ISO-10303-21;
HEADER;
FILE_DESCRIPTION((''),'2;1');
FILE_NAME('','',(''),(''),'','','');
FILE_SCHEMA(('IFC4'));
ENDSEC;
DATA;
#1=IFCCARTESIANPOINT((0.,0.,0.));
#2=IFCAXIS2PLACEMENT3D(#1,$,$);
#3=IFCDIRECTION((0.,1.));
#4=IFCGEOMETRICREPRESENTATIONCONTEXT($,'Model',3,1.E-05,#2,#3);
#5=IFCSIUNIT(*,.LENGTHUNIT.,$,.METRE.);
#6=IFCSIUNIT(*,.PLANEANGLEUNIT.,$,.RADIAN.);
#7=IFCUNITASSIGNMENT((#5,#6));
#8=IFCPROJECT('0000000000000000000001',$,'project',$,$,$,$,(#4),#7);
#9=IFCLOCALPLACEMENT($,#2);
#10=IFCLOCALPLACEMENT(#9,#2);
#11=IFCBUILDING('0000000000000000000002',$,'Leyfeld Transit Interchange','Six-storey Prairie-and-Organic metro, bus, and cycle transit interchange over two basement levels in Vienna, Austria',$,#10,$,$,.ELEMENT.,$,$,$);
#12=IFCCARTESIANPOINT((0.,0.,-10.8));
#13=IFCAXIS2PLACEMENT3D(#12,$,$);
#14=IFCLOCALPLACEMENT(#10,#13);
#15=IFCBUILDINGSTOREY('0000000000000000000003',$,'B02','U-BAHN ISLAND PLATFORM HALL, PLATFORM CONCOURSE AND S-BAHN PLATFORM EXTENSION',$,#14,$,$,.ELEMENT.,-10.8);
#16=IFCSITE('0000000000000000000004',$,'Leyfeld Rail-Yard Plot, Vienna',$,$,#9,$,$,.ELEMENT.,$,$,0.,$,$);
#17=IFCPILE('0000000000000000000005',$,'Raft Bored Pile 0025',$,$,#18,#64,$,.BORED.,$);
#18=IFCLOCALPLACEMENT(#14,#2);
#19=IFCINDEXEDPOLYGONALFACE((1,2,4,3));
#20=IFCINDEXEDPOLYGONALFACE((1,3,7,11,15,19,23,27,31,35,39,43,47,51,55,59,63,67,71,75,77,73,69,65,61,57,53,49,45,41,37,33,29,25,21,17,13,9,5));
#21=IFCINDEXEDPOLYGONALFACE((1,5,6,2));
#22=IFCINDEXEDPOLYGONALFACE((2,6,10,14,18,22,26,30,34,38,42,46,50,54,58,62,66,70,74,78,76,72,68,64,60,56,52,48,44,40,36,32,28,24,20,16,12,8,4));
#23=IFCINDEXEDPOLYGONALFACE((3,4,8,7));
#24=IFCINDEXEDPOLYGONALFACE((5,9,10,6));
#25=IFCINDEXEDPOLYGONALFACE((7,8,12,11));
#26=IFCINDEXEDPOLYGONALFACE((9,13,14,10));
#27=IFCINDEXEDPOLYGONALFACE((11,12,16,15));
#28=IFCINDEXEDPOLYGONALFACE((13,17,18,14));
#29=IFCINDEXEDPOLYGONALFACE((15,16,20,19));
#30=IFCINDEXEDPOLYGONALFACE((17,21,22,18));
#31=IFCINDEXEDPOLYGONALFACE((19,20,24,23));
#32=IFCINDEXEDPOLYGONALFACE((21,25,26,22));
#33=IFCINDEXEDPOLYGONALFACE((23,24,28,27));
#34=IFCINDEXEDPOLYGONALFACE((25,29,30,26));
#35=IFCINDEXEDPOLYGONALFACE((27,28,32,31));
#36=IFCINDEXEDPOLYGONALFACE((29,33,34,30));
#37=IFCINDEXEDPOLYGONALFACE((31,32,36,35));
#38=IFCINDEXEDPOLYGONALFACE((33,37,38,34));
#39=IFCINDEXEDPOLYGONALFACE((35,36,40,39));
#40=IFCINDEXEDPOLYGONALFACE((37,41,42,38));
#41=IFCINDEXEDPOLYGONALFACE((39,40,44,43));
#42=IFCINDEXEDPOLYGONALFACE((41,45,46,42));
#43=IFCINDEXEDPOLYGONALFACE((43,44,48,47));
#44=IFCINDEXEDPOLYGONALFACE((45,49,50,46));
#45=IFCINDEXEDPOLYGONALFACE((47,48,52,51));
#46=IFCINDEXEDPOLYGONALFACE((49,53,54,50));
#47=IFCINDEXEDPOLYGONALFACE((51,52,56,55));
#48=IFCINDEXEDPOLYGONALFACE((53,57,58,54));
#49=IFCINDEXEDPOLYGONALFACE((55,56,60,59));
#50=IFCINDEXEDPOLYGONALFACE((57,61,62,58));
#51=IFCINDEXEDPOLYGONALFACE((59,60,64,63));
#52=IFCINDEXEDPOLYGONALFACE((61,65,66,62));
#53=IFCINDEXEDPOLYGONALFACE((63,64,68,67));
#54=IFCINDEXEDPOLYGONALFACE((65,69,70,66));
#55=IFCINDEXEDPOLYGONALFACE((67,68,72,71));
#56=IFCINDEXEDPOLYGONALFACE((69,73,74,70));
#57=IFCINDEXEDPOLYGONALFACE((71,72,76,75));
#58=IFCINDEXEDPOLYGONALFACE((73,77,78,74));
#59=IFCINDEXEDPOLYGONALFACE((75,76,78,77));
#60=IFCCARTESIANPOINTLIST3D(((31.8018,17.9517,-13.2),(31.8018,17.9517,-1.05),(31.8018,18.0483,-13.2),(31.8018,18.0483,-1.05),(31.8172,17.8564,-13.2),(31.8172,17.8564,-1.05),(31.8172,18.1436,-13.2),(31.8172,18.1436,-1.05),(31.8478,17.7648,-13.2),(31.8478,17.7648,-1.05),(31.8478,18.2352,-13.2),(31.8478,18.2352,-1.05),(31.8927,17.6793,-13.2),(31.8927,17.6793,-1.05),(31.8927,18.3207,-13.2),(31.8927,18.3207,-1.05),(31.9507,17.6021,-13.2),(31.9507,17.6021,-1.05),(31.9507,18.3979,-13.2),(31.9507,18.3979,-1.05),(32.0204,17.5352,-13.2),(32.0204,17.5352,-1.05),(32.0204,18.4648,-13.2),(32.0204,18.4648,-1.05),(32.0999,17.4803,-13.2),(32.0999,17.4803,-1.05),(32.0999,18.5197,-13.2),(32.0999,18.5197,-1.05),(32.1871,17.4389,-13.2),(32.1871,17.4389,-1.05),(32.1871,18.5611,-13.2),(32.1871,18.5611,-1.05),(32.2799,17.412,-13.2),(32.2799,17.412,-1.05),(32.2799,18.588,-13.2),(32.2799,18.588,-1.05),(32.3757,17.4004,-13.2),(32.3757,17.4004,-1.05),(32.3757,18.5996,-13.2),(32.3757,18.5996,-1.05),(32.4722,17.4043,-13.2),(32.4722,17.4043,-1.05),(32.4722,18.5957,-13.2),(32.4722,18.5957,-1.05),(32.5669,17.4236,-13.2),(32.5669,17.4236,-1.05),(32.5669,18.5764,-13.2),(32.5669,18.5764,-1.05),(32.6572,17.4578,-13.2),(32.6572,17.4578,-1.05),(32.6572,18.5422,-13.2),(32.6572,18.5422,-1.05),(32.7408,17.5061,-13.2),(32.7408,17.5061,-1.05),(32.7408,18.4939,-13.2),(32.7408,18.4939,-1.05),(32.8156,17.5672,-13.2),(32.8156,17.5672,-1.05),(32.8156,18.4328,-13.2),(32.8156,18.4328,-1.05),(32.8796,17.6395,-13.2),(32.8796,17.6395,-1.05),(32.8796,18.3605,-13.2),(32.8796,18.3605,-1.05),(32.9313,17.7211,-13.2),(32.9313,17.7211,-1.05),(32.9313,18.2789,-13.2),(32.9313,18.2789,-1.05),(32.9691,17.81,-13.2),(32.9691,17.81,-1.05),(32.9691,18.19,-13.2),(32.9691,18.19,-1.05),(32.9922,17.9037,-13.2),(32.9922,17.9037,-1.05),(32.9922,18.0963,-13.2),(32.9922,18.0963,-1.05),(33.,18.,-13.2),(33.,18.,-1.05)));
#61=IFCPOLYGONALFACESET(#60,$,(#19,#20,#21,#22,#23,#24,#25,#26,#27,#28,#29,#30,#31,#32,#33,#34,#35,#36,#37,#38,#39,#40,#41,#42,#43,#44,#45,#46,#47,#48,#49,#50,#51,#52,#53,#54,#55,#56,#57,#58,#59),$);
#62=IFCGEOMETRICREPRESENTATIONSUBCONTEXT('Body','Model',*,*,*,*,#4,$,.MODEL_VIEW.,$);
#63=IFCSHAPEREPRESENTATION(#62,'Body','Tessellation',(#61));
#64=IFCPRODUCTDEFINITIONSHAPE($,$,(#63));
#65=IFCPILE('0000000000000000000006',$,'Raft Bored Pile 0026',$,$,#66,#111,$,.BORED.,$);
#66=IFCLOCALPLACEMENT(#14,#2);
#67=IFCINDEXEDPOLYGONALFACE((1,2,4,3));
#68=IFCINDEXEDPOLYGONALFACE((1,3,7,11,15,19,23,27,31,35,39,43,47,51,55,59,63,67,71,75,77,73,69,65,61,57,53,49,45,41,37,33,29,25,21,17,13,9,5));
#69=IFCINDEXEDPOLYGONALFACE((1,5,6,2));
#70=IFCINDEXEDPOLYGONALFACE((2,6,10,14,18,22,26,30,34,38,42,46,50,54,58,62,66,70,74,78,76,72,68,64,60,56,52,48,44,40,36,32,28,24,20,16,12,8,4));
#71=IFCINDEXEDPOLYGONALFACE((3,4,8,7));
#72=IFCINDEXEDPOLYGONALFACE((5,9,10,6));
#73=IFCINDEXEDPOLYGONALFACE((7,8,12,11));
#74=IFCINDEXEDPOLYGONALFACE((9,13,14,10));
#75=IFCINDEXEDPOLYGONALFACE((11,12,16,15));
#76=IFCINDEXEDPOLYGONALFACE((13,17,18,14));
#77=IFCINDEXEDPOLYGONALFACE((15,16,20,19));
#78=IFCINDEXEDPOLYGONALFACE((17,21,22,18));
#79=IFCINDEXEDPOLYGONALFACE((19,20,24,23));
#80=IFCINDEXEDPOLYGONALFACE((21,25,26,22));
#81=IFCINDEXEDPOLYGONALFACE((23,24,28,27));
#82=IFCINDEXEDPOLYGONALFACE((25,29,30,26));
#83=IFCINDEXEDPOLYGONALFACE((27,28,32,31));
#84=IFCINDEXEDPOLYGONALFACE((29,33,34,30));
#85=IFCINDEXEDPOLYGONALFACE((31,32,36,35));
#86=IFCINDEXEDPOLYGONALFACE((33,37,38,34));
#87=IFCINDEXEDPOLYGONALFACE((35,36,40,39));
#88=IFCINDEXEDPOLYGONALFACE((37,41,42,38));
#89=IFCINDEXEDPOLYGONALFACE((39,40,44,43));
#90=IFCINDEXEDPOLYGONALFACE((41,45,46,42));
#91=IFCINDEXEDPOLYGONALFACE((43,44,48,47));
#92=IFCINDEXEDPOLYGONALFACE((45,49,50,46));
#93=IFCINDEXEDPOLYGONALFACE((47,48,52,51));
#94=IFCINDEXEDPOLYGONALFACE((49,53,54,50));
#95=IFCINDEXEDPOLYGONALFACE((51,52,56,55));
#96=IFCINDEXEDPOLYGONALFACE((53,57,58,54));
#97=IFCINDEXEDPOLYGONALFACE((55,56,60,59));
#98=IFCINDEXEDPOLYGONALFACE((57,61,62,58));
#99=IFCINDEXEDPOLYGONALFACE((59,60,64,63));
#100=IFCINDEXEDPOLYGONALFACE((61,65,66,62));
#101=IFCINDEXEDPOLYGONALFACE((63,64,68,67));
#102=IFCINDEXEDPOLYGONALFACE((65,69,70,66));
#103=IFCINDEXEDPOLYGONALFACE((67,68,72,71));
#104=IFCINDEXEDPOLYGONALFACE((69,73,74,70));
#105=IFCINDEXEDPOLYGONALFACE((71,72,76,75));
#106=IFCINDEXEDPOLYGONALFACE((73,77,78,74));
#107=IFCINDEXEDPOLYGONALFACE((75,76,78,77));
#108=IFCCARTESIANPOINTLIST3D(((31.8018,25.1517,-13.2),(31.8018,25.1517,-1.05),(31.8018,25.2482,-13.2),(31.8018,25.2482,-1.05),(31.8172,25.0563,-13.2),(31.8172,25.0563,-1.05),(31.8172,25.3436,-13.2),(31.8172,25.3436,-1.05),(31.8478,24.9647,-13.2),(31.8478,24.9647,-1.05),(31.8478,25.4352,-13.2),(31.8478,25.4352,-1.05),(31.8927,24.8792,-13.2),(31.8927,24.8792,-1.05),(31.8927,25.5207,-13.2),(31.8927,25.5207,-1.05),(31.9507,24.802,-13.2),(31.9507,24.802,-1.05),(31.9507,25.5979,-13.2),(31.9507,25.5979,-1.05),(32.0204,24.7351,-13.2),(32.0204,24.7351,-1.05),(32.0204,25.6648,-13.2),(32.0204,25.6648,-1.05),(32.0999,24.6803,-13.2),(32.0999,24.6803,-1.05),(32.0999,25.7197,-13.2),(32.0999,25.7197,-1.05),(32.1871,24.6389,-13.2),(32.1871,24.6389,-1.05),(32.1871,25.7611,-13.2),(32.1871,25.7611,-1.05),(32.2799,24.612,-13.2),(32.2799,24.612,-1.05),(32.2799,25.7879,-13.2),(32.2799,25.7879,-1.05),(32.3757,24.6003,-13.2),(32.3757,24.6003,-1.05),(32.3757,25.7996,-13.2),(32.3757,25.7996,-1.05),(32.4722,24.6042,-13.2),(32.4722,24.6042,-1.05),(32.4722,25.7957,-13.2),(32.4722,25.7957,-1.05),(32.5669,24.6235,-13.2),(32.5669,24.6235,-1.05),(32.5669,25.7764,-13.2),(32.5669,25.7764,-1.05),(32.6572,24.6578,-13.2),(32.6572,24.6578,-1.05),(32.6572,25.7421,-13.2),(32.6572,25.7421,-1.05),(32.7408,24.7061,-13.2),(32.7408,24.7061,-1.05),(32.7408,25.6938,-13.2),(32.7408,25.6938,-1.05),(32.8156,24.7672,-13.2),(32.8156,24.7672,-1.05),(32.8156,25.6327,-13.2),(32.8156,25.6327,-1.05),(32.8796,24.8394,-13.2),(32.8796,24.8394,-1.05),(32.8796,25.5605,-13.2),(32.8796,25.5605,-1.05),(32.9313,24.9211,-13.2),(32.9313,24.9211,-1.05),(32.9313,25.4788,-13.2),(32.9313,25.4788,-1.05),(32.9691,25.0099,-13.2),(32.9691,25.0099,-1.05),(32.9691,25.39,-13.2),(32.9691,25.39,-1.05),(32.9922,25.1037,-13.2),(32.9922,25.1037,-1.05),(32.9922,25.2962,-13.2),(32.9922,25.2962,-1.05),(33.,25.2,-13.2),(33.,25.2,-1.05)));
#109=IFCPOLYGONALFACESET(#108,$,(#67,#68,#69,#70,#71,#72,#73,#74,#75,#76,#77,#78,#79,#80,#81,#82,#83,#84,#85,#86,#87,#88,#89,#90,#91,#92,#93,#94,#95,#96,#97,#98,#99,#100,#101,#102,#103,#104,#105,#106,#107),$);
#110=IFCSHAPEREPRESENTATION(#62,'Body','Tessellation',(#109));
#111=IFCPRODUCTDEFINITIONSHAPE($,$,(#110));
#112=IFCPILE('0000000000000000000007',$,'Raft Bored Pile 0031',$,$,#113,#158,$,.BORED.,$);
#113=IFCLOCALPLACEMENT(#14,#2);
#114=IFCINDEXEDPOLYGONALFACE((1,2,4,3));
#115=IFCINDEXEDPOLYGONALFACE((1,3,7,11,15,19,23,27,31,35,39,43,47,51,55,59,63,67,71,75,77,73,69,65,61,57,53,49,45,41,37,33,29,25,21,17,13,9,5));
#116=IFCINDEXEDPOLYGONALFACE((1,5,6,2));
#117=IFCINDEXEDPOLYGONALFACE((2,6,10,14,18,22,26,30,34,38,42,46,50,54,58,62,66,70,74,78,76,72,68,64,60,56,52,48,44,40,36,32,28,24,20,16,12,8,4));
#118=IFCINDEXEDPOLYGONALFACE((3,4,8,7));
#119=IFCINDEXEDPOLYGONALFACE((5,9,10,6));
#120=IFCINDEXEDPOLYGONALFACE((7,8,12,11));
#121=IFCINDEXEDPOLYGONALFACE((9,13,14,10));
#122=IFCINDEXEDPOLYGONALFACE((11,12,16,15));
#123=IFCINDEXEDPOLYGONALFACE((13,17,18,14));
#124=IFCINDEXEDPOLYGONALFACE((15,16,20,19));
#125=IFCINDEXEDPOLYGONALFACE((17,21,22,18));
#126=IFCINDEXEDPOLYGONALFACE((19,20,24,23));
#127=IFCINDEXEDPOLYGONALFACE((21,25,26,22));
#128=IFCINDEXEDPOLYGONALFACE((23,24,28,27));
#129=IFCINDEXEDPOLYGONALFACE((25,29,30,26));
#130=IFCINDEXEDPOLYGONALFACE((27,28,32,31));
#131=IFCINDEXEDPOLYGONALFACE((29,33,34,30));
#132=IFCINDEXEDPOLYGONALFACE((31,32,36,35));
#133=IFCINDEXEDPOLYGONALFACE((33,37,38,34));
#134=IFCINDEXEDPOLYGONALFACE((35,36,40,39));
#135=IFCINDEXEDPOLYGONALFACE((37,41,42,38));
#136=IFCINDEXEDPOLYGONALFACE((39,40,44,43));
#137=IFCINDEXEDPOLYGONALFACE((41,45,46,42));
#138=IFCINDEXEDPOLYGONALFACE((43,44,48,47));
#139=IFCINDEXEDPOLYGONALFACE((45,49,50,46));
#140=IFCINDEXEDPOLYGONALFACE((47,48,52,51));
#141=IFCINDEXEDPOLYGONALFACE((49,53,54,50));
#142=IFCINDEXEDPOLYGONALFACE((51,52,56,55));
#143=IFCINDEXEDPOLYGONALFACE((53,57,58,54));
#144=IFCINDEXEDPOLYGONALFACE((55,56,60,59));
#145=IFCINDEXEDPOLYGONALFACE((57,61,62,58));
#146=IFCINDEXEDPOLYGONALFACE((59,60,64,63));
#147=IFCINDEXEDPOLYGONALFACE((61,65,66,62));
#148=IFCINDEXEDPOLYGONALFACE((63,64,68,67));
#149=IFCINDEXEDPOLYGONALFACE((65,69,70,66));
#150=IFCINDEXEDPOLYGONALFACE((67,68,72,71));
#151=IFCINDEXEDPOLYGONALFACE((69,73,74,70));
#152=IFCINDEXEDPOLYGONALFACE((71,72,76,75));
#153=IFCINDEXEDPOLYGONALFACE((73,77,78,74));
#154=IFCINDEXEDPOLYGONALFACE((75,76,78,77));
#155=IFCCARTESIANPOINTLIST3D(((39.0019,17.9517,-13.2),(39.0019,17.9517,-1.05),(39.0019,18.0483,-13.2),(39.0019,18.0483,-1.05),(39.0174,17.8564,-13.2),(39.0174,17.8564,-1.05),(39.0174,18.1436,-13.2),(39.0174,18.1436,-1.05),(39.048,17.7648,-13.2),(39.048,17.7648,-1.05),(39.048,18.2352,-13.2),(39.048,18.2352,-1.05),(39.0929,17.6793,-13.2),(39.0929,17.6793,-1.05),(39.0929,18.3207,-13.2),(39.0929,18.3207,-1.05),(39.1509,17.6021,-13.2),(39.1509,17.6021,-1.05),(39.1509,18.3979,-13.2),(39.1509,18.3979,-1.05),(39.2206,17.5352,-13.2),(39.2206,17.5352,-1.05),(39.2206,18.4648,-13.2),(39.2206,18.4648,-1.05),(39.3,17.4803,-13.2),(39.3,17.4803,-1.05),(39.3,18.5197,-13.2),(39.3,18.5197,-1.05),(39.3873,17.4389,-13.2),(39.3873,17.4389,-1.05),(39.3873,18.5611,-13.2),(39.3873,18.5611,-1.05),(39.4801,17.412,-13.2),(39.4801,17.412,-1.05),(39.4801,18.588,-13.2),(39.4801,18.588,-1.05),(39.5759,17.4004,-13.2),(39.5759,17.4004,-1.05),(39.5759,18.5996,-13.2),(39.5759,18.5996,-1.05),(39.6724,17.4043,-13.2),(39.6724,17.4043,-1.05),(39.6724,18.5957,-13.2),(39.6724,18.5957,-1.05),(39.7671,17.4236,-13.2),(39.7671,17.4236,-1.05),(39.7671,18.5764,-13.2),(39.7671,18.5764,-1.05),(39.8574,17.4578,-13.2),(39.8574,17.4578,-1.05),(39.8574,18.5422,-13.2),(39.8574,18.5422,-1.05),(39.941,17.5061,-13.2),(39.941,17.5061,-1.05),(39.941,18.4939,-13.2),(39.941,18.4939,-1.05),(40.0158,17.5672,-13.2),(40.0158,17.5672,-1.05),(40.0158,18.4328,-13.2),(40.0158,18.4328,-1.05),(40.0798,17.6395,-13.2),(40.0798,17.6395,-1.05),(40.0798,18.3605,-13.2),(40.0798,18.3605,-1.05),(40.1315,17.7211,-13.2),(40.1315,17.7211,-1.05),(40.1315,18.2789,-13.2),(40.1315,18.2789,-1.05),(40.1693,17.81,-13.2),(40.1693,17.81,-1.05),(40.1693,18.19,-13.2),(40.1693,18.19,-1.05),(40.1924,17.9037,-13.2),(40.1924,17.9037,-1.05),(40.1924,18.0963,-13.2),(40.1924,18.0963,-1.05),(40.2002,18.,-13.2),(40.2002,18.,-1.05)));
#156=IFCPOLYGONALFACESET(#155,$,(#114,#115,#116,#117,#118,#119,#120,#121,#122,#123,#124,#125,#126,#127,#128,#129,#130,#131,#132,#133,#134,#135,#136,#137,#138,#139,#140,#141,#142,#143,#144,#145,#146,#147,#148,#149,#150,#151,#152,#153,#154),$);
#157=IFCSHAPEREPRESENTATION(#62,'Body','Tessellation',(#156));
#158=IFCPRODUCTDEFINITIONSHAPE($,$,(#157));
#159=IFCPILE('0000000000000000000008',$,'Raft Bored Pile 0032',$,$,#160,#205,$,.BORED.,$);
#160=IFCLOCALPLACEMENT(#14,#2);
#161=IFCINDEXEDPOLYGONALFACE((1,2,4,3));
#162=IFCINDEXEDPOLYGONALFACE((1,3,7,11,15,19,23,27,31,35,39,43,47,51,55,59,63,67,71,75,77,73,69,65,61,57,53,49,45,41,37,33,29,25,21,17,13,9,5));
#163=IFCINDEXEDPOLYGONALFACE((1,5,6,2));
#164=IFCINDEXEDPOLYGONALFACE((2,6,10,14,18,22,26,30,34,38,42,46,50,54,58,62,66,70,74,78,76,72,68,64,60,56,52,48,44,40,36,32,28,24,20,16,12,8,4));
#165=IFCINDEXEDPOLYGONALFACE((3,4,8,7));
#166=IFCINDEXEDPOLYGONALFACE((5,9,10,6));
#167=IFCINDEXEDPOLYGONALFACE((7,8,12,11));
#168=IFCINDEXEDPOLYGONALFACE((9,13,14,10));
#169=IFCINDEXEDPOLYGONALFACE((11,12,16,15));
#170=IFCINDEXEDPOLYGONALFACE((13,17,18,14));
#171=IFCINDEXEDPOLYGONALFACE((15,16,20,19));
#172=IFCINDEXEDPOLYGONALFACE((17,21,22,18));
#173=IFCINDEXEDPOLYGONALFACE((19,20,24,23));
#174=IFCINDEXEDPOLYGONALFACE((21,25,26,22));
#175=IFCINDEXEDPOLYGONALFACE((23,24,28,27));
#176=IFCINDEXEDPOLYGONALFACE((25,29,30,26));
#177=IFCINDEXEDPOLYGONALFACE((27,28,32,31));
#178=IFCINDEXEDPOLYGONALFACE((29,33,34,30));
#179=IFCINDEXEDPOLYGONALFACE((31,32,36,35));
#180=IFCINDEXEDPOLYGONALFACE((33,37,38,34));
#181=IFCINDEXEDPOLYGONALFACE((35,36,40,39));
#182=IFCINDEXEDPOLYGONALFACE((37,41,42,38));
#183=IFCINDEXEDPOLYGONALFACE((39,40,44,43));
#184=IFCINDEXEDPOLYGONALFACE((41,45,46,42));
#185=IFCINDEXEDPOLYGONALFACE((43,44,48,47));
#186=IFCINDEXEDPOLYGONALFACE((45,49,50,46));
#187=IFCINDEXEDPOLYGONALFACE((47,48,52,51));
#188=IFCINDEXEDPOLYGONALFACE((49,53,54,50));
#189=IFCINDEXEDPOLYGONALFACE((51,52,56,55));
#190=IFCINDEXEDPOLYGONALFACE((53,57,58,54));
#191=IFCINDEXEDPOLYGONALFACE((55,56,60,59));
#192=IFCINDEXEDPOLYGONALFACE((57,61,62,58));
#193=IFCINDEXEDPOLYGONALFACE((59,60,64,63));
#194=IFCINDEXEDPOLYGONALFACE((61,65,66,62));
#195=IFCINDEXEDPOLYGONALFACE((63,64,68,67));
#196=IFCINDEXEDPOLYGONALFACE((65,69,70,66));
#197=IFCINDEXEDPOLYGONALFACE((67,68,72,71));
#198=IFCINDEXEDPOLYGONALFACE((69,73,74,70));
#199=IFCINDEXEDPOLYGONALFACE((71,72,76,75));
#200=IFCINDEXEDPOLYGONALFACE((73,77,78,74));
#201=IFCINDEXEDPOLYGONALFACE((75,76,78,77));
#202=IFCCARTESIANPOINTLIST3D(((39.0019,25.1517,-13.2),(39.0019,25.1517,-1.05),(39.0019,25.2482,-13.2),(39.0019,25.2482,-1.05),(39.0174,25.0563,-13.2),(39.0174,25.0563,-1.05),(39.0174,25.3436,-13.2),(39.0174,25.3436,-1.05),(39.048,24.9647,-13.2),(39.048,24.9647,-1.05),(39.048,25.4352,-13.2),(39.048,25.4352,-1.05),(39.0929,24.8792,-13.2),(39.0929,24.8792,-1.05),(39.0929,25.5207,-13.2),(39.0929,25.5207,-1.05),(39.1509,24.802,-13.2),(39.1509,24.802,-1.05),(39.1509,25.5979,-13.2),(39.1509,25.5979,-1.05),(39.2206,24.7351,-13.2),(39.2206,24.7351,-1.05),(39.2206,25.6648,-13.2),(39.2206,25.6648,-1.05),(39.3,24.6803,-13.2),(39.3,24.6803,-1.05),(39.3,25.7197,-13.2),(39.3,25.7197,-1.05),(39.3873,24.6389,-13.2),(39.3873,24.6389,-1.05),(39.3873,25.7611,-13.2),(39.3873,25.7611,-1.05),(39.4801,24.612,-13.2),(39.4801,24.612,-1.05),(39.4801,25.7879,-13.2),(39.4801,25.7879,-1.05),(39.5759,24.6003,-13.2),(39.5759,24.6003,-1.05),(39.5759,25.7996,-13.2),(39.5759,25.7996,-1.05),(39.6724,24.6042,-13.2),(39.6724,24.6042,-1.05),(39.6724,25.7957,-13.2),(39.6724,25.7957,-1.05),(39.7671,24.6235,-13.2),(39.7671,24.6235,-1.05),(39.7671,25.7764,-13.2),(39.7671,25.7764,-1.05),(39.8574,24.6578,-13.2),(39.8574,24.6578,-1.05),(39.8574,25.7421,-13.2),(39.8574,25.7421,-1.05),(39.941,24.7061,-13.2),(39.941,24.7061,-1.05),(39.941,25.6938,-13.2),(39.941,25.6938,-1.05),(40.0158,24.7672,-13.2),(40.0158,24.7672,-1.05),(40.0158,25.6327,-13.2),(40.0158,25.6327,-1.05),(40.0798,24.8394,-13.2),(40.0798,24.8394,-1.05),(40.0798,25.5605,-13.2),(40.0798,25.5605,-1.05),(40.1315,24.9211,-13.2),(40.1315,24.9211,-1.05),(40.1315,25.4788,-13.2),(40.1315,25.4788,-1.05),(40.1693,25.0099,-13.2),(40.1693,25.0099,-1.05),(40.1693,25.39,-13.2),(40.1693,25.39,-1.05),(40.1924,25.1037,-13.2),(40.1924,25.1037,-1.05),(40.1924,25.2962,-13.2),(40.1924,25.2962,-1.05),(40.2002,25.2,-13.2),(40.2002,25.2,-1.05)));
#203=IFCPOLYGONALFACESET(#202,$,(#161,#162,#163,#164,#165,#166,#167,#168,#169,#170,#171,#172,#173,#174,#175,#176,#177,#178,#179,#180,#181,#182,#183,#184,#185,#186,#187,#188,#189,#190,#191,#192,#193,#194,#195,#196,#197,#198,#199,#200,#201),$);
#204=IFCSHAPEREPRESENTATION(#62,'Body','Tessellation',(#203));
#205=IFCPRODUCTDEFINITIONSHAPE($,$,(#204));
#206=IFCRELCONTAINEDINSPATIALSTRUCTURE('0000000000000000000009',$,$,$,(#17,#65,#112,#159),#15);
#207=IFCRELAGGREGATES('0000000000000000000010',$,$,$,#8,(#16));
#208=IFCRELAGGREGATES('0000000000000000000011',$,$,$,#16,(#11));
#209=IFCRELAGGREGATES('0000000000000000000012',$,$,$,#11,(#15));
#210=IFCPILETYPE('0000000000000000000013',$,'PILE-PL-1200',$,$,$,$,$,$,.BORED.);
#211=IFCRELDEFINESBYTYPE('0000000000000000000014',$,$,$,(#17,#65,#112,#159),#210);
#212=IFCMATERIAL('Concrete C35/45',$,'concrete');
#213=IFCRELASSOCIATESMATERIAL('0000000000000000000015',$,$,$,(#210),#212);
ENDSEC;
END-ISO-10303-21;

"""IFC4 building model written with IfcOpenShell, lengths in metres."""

from ifc_helpers import new_model, si_unit, direction, frame, origin, origin_2d, place, context, subcontext, project, spatial, circle, extrude, material, material_profile, profile_set, type_object, element, save


model = new_model("IFC4")

# Units and contexts
model_context = context("Model", 3, precision=1e-05, world=origin(), true_north=direction((0.0, 1.0)))
body_context = subcontext(model_context, "Body", "Model", "MODEL_VIEW")
ifc_project = project(units=[si_unit("LENGTHUNIT", "METRE"), si_unit("PLANEANGLEUNIT", "RADIAN")], contexts=[model_context])

# Site, building, storey
site_placement = place(None, origin())
site = spatial("IfcSite", under=ifc_project, at=site_placement, Name="Leyfeld Rail-Yard Plot, Vienna", CompositionType="ELEMENT", RefElevation=0.0)
building_placement = place(site_placement, origin())
building = spatial("IfcBuilding", under=site, at=building_placement, Name="Leyfeld Transit Interchange", Description="Six-storey Prairie-and-Organic metro, bus, and cycle transit interchange over two basement levels in Vienna, Austria", CompositionType="ELEMENT")
storey_placement = place(building_placement, frame((0.0, 0.0, -10.8)))
storey = spatial("IfcBuildingStorey", under=building, at=storey_placement, Name="B02", Description="U-BAHN ISLAND PLATFORM HALL, PLATFORM CONCOURSE AND S-BAHN PLATFORM EXTENSION", CompositionType="ELEMENT", Elevation=-10.8)

# Piles
ifc_material = material(Name="Concrete C35/45", Category="concrete")
ifc_material_profile_1 = material_profile(ifc_material, circle(Radius=0.6001, at=origin_2d()), Name="PILE D1200")
ifc_profile_set_1 = profile_set([ifc_material_profile_1], Name="Concrete C35/45")
pile_type = type_object("IfcPileType", Name="PILE-PL-1200", PredefinedType="BORED", material=ifc_profile_set_1)
for number, where, z_axis, x_axis, name in (
    (1, (32.3999, 18.0, -1.05), (0.0, 0.0, -1.0), (1.0, 0.0, 0.0), "Raft Bored Pile 0025"),
    (2, (32.3999, 25.2, -1.05), (0.0, 0.0, -1.0), (1.0, 0.0, 0.0), "Raft Bored Pile 0026"),
    (3, (39.6001, 18.0, -1.05), (0.0, 0.0, -1.0), (1.0, 0.0, 0.0), "Raft Bored Pile 0031"),
    (4, (39.6001, 25.2, -1.05), (0.0, 0.0, -1.0), (1.0, 0.0, 0.0), "Raft Bored Pile 0032"),
):
    element("IfcPile", number, at=place(storey_placement, frame(where, z_axis=z_axis, x_axis=x_axis)), inside=storey, type_object=pile_type, Name=name, PredefinedType="BORED", context=body_context, shape_type="SweptSolid", body=[
        extrude(circle(Radius=0.6001, at=origin_2d()), origin(), (0.0, 0.0, 1.0), 12.1499),
    ])

save(model, "model.ifc")
